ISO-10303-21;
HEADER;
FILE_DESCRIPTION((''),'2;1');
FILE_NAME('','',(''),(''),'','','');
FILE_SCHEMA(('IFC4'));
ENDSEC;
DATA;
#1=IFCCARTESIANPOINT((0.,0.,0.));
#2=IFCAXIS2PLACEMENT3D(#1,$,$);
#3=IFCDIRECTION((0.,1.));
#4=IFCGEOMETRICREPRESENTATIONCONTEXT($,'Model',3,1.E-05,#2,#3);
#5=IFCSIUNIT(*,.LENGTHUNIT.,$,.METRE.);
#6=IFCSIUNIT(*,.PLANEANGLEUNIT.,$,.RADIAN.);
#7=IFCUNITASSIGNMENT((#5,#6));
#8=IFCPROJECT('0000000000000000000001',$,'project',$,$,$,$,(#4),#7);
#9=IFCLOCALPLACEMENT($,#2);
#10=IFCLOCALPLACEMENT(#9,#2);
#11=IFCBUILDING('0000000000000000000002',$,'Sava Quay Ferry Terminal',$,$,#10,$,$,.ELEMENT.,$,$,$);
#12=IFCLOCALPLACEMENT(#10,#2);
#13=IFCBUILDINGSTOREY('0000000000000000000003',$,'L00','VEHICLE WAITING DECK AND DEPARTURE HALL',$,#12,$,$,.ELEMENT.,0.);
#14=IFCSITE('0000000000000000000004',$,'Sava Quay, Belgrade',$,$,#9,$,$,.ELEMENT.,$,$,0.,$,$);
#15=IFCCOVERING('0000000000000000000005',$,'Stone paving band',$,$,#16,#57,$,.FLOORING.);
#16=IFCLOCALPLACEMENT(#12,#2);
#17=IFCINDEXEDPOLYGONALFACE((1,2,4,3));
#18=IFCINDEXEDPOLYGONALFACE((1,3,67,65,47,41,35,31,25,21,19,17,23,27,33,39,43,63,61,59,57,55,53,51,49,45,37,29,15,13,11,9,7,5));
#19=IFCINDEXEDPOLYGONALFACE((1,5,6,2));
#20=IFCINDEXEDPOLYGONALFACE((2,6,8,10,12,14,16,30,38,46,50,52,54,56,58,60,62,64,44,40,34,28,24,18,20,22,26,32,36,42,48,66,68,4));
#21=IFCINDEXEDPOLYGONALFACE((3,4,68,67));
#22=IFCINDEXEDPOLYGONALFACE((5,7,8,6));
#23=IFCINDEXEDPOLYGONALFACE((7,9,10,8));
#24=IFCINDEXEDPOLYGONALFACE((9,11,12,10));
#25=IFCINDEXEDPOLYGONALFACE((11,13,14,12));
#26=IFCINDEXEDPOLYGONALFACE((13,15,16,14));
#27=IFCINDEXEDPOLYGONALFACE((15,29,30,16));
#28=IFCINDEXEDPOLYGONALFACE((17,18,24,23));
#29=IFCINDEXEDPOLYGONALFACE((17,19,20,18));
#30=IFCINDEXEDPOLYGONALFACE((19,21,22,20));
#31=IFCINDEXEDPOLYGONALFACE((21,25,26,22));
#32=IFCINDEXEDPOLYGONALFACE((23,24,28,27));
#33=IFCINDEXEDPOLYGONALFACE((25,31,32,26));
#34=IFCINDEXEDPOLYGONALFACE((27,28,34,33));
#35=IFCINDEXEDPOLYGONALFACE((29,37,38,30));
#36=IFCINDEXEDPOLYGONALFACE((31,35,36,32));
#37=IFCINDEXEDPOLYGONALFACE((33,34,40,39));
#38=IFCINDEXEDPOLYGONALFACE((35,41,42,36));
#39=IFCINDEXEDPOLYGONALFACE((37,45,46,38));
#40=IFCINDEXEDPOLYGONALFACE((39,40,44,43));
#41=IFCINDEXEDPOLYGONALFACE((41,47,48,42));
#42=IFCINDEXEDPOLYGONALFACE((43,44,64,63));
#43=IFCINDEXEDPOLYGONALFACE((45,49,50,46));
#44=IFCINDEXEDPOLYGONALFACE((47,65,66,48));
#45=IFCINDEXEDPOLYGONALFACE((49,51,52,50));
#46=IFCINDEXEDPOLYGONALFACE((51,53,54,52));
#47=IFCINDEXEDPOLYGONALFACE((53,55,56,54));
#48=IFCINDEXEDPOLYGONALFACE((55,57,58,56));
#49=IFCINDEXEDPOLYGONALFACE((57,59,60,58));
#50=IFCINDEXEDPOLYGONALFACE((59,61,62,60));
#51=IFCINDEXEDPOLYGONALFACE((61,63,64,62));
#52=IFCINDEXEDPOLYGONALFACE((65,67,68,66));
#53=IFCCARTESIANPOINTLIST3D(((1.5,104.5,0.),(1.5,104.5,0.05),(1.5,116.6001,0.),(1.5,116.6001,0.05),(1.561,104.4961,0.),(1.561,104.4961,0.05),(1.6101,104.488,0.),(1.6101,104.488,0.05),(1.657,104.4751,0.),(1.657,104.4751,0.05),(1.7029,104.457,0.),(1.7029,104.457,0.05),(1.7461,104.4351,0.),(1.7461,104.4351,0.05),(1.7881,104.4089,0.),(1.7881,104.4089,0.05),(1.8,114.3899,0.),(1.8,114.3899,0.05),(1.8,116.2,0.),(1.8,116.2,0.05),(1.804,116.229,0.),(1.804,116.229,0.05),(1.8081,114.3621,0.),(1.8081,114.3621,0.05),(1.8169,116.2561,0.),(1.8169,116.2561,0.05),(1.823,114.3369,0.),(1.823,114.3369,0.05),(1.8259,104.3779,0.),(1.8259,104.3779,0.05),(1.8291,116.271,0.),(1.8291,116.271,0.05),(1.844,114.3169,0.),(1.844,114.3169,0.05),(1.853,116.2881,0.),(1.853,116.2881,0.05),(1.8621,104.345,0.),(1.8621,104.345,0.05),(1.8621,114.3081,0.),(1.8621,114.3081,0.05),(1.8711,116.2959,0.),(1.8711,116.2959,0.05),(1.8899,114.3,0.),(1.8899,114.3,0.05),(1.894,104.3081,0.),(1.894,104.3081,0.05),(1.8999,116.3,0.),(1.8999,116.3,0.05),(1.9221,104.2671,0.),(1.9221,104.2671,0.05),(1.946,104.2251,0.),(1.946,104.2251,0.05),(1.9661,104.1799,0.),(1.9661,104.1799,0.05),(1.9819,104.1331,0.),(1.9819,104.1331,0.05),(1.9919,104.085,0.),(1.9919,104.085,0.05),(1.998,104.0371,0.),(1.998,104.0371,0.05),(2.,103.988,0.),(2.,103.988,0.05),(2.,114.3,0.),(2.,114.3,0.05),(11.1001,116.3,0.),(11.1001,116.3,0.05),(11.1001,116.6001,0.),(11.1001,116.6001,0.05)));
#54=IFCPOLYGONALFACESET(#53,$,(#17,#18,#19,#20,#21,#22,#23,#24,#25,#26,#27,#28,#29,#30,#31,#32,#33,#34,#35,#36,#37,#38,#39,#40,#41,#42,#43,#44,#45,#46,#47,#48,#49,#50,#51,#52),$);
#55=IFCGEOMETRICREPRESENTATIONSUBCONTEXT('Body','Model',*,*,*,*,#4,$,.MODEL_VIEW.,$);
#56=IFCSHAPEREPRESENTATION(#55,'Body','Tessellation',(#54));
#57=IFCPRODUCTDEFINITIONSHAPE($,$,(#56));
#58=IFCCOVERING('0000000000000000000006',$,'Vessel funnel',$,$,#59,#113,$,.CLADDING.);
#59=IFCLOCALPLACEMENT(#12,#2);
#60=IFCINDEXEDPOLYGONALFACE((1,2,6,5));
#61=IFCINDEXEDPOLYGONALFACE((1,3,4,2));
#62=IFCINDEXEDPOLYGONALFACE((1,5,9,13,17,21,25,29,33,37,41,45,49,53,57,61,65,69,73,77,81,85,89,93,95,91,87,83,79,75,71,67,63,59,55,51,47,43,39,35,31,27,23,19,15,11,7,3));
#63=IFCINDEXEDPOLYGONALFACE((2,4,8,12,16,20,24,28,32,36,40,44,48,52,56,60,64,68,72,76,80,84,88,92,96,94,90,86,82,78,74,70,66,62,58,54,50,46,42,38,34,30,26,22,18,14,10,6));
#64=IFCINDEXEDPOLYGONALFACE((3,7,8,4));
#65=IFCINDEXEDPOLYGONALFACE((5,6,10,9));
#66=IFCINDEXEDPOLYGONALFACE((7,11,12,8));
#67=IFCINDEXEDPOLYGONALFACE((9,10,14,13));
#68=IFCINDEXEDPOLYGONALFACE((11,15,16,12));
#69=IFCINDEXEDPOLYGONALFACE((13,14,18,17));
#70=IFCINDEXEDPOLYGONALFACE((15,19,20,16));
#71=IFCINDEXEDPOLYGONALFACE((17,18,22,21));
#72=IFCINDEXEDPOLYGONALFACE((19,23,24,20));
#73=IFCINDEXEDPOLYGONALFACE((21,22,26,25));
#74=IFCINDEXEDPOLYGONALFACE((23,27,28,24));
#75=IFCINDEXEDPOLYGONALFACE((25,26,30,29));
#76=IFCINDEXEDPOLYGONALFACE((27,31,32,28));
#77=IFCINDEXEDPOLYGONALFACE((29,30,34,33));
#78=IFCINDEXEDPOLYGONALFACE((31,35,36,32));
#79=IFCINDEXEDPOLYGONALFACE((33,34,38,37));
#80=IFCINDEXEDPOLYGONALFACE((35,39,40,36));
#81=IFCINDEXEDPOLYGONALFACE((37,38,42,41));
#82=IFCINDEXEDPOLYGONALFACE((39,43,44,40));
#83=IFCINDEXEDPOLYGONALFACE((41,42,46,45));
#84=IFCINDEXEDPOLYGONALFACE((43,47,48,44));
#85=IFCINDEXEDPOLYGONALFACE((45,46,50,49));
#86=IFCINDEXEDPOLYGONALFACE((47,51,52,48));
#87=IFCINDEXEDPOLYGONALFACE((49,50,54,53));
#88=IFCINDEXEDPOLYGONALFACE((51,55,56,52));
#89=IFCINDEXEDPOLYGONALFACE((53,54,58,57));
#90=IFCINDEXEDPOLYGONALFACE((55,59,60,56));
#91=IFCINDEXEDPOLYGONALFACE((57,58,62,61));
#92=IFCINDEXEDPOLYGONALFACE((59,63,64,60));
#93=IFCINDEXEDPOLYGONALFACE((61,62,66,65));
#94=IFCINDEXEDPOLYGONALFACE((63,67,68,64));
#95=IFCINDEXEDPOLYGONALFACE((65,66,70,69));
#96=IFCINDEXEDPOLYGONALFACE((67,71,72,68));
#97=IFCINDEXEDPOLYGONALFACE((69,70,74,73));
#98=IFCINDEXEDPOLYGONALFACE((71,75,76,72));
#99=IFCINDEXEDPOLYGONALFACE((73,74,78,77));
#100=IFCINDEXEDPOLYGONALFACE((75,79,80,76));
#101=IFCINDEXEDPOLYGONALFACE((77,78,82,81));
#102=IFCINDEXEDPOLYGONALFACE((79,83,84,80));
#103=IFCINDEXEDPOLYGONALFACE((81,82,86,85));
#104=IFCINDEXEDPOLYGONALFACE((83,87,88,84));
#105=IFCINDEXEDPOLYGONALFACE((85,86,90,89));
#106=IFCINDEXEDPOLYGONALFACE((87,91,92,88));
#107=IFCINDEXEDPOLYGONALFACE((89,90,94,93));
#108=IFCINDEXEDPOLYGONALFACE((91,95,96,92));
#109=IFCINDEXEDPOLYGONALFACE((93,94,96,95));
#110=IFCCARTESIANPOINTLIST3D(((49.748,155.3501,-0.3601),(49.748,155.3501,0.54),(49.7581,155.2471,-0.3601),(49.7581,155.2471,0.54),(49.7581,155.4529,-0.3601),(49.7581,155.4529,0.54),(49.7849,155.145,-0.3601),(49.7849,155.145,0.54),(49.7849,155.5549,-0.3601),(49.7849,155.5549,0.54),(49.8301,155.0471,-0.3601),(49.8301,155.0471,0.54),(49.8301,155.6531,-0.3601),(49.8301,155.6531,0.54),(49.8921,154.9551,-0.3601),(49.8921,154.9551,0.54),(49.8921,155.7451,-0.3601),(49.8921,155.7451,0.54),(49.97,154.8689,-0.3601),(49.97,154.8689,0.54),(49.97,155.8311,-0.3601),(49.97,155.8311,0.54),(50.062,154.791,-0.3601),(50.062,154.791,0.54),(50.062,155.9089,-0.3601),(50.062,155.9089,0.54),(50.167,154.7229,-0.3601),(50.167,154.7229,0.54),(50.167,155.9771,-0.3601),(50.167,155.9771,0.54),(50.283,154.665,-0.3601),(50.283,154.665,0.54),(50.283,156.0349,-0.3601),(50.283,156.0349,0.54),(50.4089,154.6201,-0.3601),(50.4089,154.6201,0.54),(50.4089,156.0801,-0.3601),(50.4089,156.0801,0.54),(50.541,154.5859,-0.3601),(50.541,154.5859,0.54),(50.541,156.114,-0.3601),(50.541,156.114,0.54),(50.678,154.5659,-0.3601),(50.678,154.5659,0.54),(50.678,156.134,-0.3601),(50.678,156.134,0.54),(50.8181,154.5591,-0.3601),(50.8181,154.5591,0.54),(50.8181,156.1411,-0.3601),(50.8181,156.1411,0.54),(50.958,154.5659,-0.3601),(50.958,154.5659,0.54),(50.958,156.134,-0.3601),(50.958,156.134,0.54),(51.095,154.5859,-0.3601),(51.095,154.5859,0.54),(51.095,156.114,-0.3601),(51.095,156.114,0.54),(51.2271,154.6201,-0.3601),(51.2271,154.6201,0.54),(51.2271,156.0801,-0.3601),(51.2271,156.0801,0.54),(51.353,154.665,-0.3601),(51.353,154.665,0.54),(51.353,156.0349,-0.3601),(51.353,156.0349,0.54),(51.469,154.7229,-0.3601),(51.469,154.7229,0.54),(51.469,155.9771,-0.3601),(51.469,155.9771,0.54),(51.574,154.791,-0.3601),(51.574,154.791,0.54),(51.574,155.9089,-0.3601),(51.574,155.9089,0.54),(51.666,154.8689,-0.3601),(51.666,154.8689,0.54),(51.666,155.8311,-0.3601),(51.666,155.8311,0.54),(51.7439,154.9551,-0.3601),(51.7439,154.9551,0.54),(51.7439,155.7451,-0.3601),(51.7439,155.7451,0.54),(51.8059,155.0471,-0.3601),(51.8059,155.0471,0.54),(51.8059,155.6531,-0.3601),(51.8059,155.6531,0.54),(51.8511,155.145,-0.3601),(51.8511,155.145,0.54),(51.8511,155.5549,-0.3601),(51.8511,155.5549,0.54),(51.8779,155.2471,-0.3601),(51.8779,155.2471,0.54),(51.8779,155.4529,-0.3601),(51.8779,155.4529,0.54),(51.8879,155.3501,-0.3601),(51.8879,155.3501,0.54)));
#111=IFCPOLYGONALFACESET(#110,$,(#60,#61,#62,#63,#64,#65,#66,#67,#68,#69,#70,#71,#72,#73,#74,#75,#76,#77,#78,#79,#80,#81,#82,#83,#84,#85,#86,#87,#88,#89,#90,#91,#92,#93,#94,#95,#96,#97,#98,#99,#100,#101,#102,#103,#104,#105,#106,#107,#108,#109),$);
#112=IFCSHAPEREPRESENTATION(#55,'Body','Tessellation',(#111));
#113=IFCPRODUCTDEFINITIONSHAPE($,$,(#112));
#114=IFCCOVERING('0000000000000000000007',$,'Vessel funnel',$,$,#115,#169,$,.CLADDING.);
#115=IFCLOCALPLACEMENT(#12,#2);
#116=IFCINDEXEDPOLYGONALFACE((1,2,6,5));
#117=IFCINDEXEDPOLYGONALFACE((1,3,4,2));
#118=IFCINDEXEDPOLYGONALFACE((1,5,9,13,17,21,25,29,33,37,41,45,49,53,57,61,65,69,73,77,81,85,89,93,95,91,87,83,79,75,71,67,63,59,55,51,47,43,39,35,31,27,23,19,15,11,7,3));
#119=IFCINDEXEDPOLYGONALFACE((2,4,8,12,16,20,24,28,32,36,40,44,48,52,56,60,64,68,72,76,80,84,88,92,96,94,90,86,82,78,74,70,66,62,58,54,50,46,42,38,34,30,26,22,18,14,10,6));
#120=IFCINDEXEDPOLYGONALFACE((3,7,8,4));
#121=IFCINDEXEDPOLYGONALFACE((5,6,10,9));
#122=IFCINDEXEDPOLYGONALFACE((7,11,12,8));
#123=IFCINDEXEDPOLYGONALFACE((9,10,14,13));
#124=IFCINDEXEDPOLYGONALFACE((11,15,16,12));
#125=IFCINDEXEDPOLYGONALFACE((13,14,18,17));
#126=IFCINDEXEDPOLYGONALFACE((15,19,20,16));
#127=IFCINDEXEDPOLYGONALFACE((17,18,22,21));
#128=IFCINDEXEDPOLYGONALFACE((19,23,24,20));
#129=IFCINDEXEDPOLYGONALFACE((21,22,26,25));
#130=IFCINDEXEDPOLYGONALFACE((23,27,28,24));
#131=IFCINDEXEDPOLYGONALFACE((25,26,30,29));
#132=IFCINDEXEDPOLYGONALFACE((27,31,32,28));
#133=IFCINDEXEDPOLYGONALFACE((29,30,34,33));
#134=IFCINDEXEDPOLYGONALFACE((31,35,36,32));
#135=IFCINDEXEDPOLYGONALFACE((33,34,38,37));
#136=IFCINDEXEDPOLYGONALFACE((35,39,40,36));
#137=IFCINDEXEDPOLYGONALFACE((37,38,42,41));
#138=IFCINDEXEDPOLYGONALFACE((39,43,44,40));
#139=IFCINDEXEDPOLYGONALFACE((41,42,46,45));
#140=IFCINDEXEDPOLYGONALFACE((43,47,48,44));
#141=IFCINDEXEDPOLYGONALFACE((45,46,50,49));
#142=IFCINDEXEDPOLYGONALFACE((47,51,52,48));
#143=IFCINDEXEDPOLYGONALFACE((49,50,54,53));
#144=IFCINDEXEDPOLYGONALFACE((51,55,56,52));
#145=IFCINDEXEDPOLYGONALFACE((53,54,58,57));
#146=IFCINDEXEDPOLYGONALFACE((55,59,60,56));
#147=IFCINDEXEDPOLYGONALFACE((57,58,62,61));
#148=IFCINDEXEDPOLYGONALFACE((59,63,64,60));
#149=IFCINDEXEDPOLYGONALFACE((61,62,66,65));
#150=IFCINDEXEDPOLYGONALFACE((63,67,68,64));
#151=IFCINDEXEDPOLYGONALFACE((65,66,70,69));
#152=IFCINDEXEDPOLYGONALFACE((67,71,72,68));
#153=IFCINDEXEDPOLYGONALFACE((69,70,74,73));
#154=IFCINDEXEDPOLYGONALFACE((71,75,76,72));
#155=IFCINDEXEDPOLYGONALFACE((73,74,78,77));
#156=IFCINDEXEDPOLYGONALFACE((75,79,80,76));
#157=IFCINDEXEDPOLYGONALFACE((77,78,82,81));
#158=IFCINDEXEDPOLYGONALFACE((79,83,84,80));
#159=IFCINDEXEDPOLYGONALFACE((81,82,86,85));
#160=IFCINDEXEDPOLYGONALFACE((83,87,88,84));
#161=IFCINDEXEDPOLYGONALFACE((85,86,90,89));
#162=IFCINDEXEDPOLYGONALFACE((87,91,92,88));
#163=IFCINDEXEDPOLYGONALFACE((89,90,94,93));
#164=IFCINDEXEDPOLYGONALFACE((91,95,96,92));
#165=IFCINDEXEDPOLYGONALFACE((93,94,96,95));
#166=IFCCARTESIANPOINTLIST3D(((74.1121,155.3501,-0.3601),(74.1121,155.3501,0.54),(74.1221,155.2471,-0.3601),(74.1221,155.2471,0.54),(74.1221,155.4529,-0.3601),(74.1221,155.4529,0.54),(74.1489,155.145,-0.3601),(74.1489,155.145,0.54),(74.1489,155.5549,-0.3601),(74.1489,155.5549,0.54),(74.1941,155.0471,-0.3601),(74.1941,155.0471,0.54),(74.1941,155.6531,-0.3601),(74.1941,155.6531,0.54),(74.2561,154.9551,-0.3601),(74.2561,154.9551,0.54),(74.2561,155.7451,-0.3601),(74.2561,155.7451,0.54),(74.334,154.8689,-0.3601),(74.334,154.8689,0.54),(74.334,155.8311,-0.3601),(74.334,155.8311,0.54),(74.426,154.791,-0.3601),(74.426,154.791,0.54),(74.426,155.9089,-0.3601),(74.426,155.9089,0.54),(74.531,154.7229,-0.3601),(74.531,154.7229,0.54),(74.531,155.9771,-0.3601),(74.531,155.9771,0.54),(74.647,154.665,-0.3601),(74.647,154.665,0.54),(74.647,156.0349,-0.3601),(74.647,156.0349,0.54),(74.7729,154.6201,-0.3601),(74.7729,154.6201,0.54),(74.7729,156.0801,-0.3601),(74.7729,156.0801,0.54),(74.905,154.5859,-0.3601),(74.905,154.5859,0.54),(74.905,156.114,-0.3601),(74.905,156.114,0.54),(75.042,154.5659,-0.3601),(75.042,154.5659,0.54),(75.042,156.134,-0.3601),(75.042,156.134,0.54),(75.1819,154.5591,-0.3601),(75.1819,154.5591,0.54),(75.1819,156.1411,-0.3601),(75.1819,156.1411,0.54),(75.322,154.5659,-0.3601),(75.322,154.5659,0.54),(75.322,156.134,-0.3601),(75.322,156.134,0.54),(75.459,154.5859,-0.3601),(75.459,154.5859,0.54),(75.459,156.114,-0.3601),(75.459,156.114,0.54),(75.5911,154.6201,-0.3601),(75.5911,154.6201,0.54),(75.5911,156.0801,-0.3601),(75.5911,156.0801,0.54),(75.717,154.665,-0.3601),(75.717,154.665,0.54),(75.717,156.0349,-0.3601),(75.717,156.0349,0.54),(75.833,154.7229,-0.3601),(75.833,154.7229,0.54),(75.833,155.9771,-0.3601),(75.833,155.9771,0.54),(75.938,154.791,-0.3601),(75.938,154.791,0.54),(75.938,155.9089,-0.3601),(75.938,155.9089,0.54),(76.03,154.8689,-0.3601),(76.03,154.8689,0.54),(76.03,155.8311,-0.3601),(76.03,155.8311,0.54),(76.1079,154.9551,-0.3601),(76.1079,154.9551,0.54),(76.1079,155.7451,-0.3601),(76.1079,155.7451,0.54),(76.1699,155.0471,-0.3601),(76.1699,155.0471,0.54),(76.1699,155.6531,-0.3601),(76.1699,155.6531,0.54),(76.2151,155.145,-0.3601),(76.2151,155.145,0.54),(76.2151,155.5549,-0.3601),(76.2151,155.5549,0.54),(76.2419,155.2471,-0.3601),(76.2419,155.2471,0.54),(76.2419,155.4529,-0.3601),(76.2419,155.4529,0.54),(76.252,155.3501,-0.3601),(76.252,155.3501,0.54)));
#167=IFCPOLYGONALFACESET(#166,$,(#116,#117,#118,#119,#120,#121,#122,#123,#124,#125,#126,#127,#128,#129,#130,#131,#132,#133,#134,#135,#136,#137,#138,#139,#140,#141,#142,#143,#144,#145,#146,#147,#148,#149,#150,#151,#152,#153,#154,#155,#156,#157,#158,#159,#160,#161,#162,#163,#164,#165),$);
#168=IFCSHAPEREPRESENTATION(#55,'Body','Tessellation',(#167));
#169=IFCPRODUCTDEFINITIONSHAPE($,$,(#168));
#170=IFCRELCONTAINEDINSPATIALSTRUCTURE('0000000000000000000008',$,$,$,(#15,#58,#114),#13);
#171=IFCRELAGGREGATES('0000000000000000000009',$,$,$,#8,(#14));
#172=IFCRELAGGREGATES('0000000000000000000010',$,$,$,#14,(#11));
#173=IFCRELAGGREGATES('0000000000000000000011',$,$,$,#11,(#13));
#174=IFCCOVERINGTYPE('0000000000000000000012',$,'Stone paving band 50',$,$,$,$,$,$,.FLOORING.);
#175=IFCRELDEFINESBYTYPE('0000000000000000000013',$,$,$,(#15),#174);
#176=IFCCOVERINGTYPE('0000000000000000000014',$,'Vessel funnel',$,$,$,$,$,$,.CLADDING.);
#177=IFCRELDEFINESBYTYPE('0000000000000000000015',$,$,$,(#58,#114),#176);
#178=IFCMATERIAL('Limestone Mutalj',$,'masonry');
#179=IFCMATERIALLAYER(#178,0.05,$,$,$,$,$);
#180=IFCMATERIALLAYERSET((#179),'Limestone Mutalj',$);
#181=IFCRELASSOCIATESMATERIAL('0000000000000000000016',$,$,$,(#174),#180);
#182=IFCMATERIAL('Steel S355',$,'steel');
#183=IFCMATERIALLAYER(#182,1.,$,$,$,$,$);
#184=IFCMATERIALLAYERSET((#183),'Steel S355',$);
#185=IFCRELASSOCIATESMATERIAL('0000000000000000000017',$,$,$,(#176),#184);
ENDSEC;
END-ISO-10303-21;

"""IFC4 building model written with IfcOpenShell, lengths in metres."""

from ifc_helpers import new_model, si_unit, direction, frame, origin, place, context, subcontext, project, spatial, polyline, outline, extrude, material, layer, layer_set, type_object, element, save


model = new_model("IFC4")

# Units and contexts
model_context = context("Model", 3, precision=1e-05, world=origin(), true_north=direction((0.0, 1.0)))
body_context = subcontext(model_context, "Body", "Model", "MODEL_VIEW")
ifc_project = project(units=[si_unit("LENGTHUNIT", "METRE"), si_unit("PLANEANGLEUNIT", "RADIAN")], contexts=[model_context])

# Site, building, storey
site_placement = place(None, origin())
site = spatial("IfcSite", under=ifc_project, at=site_placement, Name="Sava Quay, Belgrade", CompositionType="ELEMENT", RefElevation=0.0)
building_placement = place(site_placement, origin())
building = spatial("IfcBuilding", under=site, at=building_placement, Name="Sava Quay Ferry Terminal", CompositionType="ELEMENT")
storey_placement = place(building_placement, origin())
storey = spatial("IfcBuildingStorey", under=building, at=storey_placement, Name="L00", Description="VEHICLE WAITING DECK AND DEPARTURE HALL", CompositionType="ELEMENT", Elevation=0.0)

# Coverings
ifc_material_1 = material(Name="Limestone Mutalj", Category="masonry")
ifc_layer_1 = layer(ifc_material_1, 0.05)
ifc_layer_set_1 = layer_set([ifc_layer_1], Name="Limestone Mutalj")
covering_type_1 = type_object("IfcCoveringType", Name="Stone paving band 50", PredefinedType="FLOORING", material=ifc_layer_set_1)
covering_1_placement = place(storey_placement, origin())
element("IfcCovering", 1, at=covering_1_placement, inside=storey, type_object=covering_type_1, Name="Stone paving band", PredefinedType="FLOORING", context=body_context, shape_type="SweptSolid", body=[
    extrude(outline(polyline([(1.9919, 104.085), (1.998, 104.0371), (2.0, 103.988), (2.0, 114.3), (1.8899, 114.3), (1.8621, 114.3081), (1.844, 114.3169), (1.823, 114.3369), (1.8081, 114.3621), (1.8, 114.3899), (1.8, 116.2), (1.804, 116.229), (1.8169, 116.2561), (1.8291, 116.271), (1.853, 116.2881), (1.8711, 116.2959), (1.8999, 116.3), (11.1001, 116.3), (11.1001, 116.6001), (1.5, 116.6001), (1.5, 104.5), (1.561, 104.4961), (1.6101, 104.488), (1.657, 104.4751), (1.7029, 104.457), (1.7461, 104.4351), (1.7881, 104.4089), (1.8259, 104.3779), (1.8621, 104.345), (1.894, 104.3081), (1.9221, 104.2671), (1.946, 104.2251), (1.9661, 104.1799), (1.9819, 104.1331), (1.9919, 104.085)])), origin(), (0.0, 0.0, 1.0), 0.05),
])
ifc_material_2 = material(Name="Steel S355", Category="steel")
ifc_layer_2 = layer(ifc_material_2, 1.0)
ifc_layer_set_2 = layer_set([ifc_layer_2], Name="Steel S355")
covering_type_2 = type_object("IfcCoveringType", Name="Vessel funnel", PredefinedType="CLADDING", material=ifc_layer_set_2)
covering_2_placement = place(storey_placement, frame((0.0, 0.0, -0.3601)))
element("IfcCovering", 2, at=covering_2_placement, inside=storey, type_object=covering_type_2, Name="Vessel funnel", PredefinedType="CLADDING", context=body_context, shape_type="SweptSolid", body=[
    extrude(outline(polyline([(49.748, 155.3501), (49.7581, 155.2471), (49.7849, 155.145), (49.8301, 155.0471), (49.8921, 154.9551), (49.97, 154.8689), (50.062, 154.791), (50.167, 154.7229), (50.283, 154.665), (50.4089, 154.6201), (50.541, 154.5859), (50.678, 154.5659), (50.8181, 154.5591), (50.958, 154.5659), (51.095, 154.5859), (51.2271, 154.6201), (51.353, 154.665), (51.469, 154.7229), (51.574, 154.791), (51.666, 154.8689), (51.7439, 154.9551), (51.8059, 155.0471), (51.8511, 155.145), (51.8779, 155.2471), (51.8879, 155.3501), (51.8779, 155.4529), (51.8511, 155.5549), (51.8059, 155.6531), (51.7439, 155.7451), (51.666, 155.8311), (51.574, 155.9089), (51.469, 155.9771), (51.353, 156.0349), (51.2271, 156.0801), (51.095, 156.114), (50.958, 156.134), (50.8181, 156.1411), (50.678, 156.134), (50.541, 156.114), (50.4089, 156.0801), (50.283, 156.0349), (50.167, 155.9771), (50.062, 155.9089), (49.97, 155.8311), (49.8921, 155.7451), (49.8301, 155.6531), (49.7849, 155.5549), (49.7581, 155.4529), (49.748, 155.3501)])), origin(), (0.0, 0.0, 1.0), 0.9001),
])
covering_3_placement = place(storey_placement, frame((0.0, 0.0, -0.3601)))
element("IfcCovering", 3, at=covering_3_placement, inside=storey, type_object=covering_type_2, Name="Vessel funnel", PredefinedType="CLADDING", context=body_context, shape_type="SweptSolid", body=[
    extrude(outline(polyline([(76.252, 155.3501), (76.2419, 155.4529), (76.2151, 155.5549), (76.1699, 155.6531), (76.1079, 155.7451), (76.03, 155.8311), (75.938, 155.9089), (75.833, 155.9771), (75.717, 156.0349), (75.5911, 156.0801), (75.459, 156.114), (75.322, 156.134), (75.1819, 156.1411), (75.042, 156.134), (74.905, 156.114), (74.7729, 156.0801), (74.647, 156.0349), (74.531, 155.9771), (74.426, 155.9089), (74.334, 155.8311), (74.2561, 155.7451), (74.1941, 155.6531), (74.1489, 155.5549), (74.1221, 155.4529), (74.1121, 155.3501), (74.1221, 155.2471), (74.1489, 155.145), (74.1941, 155.0471), (74.2561, 154.9551), (74.334, 154.8689), (74.426, 154.791), (74.531, 154.7229), (74.647, 154.665), (74.7729, 154.6201), (74.905, 154.5859), (75.042, 154.5659), (75.1819, 154.5591), (75.322, 154.5659), (75.459, 154.5859), (75.5911, 154.6201), (75.717, 154.665), (75.833, 154.7229), (75.938, 154.791), (76.03, 154.8689), (76.1079, 154.9551), (76.1699, 155.0471), (76.2151, 155.145), (76.2419, 155.2471), (76.252, 155.3501)])), origin(), (0.0, 0.0, 1.0), 0.9001),
])

save(model, "model.ifc")
